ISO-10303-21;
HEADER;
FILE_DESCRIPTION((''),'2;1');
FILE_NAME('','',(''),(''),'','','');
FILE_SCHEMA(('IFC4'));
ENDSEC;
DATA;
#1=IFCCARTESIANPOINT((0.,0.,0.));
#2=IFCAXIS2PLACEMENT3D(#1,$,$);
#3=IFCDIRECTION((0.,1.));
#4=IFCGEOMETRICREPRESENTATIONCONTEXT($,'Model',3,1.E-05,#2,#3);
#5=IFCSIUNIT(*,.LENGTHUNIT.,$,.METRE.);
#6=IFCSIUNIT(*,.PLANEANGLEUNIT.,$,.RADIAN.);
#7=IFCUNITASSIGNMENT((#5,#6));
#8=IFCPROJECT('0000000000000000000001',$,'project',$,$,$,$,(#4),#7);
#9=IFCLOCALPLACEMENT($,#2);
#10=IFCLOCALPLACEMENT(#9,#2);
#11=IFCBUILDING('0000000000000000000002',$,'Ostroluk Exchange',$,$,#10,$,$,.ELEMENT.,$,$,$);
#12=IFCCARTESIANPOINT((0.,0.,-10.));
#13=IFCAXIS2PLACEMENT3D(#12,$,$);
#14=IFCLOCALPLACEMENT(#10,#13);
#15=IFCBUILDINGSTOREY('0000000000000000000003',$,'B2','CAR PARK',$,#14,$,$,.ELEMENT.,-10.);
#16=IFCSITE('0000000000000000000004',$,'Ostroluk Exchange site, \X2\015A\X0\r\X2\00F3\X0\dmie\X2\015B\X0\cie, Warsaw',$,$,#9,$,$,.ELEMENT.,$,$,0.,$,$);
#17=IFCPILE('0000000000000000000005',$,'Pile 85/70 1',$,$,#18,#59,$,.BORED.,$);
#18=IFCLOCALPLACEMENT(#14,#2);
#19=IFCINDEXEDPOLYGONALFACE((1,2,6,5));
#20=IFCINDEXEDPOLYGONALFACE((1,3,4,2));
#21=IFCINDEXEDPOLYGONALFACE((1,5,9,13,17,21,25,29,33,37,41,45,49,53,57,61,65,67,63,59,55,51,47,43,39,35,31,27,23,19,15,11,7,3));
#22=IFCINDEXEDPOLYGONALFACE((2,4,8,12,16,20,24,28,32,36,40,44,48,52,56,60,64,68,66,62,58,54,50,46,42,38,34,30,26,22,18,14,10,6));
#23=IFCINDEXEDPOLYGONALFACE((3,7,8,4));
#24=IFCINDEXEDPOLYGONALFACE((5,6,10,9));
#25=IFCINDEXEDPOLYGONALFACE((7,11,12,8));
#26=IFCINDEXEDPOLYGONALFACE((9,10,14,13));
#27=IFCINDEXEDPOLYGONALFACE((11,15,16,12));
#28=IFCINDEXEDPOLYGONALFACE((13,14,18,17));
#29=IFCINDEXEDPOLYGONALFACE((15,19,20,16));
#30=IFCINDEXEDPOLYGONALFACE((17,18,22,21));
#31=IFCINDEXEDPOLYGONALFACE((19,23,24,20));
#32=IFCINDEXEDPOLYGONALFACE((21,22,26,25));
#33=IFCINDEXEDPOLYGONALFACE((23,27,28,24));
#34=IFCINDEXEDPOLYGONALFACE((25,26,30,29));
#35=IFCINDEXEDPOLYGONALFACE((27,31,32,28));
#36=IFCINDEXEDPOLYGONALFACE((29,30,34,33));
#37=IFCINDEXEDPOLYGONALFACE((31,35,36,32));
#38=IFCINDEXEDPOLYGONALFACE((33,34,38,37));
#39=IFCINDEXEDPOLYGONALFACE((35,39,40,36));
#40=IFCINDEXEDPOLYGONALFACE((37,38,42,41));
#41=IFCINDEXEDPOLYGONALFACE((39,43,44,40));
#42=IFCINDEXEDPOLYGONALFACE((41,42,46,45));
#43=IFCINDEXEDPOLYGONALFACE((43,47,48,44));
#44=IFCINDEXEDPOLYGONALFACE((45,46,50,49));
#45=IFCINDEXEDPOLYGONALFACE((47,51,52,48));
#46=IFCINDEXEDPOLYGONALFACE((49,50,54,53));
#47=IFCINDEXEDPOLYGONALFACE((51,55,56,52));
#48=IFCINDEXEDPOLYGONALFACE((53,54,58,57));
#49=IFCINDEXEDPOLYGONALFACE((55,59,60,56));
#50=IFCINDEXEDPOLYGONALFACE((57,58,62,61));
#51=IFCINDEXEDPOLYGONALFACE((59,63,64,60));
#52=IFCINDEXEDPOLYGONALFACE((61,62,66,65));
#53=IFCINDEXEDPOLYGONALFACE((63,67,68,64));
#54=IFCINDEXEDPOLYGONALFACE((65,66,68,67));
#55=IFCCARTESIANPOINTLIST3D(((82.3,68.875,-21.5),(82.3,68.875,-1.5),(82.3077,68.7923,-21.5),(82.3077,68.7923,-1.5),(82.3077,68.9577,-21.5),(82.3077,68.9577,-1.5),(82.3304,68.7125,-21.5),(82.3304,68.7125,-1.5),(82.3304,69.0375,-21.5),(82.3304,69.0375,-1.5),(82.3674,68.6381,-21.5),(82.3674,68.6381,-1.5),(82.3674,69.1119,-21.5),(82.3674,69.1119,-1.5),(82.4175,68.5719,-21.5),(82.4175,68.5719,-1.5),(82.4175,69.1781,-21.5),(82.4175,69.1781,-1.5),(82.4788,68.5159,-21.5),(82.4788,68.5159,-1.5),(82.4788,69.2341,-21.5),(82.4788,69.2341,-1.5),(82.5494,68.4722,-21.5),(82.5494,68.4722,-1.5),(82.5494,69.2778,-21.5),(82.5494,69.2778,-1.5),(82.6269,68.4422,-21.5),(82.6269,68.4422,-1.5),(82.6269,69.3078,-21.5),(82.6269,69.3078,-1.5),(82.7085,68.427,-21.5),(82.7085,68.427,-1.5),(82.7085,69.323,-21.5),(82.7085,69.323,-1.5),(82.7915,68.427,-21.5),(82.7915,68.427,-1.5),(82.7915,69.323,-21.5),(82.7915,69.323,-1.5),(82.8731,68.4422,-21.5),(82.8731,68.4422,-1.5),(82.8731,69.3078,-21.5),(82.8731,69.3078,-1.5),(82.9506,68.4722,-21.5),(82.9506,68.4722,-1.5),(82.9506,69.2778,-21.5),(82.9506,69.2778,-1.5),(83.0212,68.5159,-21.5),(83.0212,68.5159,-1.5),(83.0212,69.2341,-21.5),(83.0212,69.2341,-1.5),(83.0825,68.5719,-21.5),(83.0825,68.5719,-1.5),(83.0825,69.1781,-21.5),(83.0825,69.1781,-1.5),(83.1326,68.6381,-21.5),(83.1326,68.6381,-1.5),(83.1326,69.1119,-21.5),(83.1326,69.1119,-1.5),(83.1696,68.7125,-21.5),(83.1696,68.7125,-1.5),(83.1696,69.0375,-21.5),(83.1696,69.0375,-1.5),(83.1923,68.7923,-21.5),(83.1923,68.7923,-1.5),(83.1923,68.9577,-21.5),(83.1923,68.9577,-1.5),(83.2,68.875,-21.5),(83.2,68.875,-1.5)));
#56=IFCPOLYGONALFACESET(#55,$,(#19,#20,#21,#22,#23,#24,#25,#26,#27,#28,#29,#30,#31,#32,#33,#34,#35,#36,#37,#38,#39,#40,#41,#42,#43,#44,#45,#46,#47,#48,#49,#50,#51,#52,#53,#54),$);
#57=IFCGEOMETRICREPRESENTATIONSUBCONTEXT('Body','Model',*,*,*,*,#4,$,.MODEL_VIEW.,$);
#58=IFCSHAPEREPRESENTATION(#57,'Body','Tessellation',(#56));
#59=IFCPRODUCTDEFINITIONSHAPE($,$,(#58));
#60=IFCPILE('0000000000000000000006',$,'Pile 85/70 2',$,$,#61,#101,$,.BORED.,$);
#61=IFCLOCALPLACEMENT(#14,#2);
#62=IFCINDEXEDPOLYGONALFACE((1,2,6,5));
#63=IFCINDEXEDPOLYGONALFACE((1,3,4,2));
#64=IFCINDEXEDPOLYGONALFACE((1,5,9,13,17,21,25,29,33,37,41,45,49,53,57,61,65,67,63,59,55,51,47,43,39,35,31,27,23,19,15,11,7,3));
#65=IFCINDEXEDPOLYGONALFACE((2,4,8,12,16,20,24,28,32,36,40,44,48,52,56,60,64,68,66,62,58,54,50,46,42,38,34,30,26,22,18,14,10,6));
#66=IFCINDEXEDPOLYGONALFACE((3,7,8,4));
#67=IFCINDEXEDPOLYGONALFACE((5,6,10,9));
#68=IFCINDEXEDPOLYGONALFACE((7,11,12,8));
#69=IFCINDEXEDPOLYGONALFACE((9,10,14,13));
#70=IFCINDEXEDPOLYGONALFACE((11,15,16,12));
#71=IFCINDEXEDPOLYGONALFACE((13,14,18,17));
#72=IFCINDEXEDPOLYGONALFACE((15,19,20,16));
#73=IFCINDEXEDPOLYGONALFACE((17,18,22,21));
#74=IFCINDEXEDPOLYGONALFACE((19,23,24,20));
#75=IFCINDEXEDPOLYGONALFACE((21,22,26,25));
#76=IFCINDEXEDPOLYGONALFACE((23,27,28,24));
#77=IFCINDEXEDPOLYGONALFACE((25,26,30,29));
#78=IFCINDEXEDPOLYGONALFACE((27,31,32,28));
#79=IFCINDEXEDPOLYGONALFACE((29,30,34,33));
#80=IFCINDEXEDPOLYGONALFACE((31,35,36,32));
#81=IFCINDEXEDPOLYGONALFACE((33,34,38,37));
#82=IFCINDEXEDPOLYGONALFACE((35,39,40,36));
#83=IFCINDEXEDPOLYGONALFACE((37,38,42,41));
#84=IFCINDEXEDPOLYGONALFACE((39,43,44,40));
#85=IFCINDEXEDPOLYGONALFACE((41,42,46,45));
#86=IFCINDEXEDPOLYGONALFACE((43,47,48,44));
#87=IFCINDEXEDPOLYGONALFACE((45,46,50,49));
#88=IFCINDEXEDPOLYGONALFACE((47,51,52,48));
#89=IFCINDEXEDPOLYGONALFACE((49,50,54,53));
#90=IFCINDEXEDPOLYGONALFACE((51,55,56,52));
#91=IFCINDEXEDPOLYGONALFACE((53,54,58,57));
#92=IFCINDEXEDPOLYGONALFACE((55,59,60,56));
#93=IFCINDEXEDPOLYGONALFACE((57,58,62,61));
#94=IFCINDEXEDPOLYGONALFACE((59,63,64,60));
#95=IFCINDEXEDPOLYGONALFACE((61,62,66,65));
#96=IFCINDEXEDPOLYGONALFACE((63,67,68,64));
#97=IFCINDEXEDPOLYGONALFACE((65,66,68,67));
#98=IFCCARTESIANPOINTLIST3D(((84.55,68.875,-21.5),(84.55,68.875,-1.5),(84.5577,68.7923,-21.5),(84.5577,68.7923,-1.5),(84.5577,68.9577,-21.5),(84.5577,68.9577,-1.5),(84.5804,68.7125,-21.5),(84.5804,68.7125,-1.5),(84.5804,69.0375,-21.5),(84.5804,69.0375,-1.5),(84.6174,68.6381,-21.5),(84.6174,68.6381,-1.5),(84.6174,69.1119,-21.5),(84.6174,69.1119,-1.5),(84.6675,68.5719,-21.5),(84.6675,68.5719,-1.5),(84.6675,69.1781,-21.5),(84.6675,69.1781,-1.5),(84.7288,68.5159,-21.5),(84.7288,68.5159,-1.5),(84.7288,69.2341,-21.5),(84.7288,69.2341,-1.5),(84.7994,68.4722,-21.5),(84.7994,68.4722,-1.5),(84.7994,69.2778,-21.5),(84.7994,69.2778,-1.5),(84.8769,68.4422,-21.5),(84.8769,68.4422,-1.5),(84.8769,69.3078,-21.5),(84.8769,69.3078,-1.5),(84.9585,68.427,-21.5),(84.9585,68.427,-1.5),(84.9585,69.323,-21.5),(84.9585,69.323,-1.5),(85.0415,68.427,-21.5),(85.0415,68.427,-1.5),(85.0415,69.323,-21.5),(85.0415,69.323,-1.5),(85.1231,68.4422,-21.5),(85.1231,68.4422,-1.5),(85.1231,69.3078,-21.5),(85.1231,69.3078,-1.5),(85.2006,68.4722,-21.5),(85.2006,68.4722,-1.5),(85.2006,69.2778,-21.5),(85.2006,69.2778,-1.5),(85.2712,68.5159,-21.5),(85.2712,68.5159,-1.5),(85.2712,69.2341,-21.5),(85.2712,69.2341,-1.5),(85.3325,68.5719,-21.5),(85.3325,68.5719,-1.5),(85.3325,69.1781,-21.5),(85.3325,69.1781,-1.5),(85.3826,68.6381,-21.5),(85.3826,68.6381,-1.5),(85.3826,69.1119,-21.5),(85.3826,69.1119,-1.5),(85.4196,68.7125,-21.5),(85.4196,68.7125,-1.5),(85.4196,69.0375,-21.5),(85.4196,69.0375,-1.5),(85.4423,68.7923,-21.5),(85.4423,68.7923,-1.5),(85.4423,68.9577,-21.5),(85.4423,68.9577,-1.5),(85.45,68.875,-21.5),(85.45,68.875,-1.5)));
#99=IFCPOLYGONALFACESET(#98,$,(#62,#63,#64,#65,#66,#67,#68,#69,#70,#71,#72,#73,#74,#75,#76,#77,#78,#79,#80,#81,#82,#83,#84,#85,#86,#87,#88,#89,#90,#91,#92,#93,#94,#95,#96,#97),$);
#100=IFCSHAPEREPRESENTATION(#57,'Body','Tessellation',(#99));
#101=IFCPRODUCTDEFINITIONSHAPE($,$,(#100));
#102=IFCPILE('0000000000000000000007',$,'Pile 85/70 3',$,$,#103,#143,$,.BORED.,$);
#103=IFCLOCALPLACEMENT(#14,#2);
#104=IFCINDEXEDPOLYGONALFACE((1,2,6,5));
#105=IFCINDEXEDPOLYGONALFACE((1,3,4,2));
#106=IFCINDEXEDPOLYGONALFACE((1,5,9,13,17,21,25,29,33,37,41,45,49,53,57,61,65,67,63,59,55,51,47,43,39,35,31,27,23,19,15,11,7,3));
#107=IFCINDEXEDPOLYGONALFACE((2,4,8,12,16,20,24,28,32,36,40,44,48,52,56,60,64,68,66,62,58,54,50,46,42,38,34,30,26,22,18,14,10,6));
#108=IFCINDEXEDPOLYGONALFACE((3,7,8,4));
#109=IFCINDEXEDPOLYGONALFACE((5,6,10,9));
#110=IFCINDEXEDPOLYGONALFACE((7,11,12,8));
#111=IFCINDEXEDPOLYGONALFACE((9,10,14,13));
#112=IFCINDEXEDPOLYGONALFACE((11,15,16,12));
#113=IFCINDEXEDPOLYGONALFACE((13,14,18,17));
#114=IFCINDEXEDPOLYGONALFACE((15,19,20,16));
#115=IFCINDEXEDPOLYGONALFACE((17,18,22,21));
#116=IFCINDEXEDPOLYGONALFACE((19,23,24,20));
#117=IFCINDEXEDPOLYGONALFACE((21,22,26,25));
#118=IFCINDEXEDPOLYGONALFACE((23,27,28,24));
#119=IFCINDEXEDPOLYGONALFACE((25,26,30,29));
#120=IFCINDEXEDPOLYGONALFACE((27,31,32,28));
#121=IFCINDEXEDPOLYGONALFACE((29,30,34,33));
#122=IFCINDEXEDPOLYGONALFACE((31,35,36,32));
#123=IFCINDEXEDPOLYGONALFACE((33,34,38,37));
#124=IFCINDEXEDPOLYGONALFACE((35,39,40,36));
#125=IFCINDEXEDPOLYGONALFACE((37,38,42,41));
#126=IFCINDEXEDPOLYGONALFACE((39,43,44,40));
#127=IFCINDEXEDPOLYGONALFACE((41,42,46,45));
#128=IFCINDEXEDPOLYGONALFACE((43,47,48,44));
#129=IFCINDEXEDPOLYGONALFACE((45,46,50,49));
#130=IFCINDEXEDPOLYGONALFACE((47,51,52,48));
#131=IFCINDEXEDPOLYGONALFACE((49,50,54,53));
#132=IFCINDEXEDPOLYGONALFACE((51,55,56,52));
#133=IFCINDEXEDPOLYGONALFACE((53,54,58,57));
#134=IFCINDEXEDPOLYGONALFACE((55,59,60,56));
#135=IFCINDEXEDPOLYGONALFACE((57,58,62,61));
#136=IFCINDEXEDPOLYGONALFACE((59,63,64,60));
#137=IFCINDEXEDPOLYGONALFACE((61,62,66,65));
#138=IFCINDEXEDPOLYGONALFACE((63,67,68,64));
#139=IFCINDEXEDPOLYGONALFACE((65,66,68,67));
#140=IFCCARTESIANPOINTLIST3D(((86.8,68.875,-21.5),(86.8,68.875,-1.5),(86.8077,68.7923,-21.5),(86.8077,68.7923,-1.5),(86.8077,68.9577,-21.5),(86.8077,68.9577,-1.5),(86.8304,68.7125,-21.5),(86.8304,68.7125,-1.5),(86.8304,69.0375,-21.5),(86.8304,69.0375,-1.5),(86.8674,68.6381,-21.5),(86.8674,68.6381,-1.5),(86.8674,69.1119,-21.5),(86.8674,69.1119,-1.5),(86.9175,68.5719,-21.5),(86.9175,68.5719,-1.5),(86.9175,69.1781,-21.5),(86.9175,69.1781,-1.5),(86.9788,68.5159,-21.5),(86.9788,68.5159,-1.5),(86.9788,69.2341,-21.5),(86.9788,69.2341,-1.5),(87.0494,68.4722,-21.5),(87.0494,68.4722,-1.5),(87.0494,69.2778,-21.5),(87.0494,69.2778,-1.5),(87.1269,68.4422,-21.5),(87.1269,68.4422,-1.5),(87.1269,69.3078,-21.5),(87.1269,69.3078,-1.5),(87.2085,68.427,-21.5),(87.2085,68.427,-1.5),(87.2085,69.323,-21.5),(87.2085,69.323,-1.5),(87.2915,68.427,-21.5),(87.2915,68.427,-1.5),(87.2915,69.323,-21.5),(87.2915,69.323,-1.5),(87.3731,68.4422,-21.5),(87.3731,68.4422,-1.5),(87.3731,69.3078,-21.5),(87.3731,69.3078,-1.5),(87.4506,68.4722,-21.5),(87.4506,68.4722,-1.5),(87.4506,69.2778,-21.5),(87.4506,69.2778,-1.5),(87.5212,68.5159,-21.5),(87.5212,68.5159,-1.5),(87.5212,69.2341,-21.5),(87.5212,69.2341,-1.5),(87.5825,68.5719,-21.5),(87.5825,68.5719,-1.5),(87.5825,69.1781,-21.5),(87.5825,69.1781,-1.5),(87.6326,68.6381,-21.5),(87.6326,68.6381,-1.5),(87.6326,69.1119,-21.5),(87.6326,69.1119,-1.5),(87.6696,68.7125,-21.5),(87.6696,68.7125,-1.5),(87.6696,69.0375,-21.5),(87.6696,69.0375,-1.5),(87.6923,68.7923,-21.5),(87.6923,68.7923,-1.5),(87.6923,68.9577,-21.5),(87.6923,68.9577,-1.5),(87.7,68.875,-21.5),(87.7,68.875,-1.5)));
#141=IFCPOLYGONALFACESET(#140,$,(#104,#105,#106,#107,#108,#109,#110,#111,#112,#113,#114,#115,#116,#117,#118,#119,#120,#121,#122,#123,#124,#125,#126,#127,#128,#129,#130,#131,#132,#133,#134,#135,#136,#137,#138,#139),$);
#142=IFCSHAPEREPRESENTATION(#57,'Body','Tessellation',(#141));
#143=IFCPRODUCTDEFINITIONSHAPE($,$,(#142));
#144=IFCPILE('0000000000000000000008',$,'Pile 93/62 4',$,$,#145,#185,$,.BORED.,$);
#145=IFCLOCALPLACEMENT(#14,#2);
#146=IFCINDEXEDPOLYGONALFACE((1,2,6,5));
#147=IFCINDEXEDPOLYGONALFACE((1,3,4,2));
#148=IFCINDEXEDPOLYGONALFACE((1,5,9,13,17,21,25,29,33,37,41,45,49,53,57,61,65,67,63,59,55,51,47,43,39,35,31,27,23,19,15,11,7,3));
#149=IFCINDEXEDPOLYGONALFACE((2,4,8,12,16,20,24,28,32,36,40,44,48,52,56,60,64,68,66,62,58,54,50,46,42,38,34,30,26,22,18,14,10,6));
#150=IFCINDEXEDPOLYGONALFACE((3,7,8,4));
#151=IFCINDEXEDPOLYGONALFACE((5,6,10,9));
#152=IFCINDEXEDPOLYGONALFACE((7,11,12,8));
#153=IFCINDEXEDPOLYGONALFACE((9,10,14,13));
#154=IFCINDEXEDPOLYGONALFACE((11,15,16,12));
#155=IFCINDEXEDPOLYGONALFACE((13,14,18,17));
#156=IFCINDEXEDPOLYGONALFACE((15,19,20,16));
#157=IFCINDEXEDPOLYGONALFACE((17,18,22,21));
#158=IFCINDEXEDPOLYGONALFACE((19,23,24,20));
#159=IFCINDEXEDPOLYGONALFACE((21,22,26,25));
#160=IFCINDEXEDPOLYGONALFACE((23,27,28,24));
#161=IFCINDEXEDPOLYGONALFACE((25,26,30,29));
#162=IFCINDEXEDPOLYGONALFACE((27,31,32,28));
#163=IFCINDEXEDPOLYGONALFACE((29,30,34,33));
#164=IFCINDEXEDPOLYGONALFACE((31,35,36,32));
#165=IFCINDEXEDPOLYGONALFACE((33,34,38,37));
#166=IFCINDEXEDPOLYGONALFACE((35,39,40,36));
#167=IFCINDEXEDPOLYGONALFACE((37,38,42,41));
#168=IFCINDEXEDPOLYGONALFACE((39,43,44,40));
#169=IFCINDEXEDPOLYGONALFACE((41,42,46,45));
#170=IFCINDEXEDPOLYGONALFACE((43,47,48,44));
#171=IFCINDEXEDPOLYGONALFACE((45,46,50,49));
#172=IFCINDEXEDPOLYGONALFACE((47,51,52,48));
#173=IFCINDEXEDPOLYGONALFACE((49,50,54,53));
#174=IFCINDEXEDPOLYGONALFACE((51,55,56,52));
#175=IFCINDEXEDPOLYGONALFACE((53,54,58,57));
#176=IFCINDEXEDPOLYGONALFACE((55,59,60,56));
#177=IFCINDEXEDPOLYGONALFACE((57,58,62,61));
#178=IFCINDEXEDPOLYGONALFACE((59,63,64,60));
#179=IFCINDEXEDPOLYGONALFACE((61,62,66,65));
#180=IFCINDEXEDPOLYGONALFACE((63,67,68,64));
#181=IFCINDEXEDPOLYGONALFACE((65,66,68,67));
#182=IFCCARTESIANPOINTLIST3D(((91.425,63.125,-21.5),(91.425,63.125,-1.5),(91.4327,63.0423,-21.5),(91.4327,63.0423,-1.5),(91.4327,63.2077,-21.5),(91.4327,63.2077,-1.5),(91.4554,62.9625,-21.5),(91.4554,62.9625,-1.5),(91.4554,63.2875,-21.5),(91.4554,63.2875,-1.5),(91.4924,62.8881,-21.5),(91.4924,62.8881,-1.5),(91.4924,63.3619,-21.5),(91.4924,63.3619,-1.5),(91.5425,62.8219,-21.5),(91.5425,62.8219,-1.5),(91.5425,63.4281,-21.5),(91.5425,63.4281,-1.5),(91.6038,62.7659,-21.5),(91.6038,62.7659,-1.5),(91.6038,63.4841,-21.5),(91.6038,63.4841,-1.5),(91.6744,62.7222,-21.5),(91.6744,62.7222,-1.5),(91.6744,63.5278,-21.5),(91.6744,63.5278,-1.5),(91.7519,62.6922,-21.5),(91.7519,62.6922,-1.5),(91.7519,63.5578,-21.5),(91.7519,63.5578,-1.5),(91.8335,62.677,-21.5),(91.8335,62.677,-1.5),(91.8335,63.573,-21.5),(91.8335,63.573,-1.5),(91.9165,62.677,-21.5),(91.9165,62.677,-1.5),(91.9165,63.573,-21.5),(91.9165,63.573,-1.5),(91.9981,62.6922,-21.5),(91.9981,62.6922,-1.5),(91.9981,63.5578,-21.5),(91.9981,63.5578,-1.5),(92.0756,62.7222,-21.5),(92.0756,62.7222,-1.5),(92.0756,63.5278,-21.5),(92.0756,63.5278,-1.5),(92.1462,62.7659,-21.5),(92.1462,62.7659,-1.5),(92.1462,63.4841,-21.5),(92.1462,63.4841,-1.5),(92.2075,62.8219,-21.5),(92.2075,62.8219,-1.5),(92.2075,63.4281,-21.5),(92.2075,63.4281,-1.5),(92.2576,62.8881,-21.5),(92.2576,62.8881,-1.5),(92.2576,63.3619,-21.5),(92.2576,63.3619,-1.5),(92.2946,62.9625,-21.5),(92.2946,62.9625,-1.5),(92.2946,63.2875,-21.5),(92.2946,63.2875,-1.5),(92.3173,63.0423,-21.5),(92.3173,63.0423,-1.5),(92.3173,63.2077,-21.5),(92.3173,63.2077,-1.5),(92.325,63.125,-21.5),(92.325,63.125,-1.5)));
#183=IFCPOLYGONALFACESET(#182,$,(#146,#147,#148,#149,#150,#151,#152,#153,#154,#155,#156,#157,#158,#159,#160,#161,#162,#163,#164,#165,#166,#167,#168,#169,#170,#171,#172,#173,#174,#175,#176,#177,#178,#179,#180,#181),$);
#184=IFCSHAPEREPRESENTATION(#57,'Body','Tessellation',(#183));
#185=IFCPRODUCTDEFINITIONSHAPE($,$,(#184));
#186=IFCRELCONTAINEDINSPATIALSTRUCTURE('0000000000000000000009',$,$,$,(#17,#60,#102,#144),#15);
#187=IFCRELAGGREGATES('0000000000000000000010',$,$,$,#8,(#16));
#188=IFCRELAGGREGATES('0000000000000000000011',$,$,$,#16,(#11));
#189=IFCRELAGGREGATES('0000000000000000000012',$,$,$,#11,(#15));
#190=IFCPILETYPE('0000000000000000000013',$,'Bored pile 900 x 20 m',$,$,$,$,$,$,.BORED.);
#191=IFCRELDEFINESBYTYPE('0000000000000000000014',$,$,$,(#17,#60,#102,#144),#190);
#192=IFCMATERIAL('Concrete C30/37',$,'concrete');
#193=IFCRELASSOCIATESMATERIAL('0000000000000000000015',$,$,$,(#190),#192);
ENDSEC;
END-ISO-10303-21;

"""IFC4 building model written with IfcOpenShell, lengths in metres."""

from ifc_helpers import new_model, si_unit, direction, frame, origin, origin_2d, place, context, subcontext, project, spatial, circle, extrude, material, type_object, element, save


model = new_model("IFC4")

# Units and contexts
model_context = context("Model", 3, precision=1e-05, world=origin(), true_north=direction((0.0, 1.0)))
body_context = subcontext(model_context, "Body", "Model", "MODEL_VIEW")
ifc_project = project(units=[si_unit("LENGTHUNIT", "METRE"), si_unit("PLANEANGLEUNIT", "RADIAN")], contexts=[model_context])

# Site, building, storey
site_placement = place(None, origin())
site = spatial("IfcSite", under=ifc_project, at=site_placement, Name="Ostroluk Exchange site, Śródmieście, Warsaw", CompositionType="ELEMENT", RefElevation=0.0)
building_placement = place(site_placement, origin())
building = spatial("IfcBuilding", under=site, at=building_placement, Name="Ostroluk Exchange", CompositionType="ELEMENT")
storey_placement = place(building_placement, frame((0.0, 0.0, -10.0)))
storey = spatial("IfcBuildingStorey", under=building, at=storey_placement, Name="B2", Description="CAR PARK", CompositionType="ELEMENT", Elevation=-10.0)

# Piles
ifc_material_1 = material(Name="Concrete C30/37", Category="concrete")
pile_type = type_object("IfcPileType", Name="Bored pile 900 x 20 m", PredefinedType="BORED", material=ifc_material_1)
for number, where, z_axis, x_axis, name in (
    (1, (82.75, 68.875, -1.5), (0.0, 0.0, -1.0), (1.0, 0.0, 0.0), "Pile 85/70 1"),
    (2, (85.0, 68.875, -1.5), (0.0, 0.0, -1.0), (1.0, 0.0, 0.0), "Pile 85/70 2"),
    (3, (87.25, 68.875, -1.5), (0.0, 0.0, -1.0), (1.0, 0.0, 0.0), "Pile 85/70 3"),
    (4, (91.875, 63.125, -1.5), (0.0, 0.0, -1.0), (1.0, 0.0, 0.0), "Pile 93/62 4"),
):
    element("IfcPile", number, at=place(storey_placement, frame(where, z_axis=z_axis, x_axis=x_axis)), inside=storey, type_object=pile_type, Name=name, PredefinedType="BORED", context=body_context, shape_type="SweptSolid", body=[
        extrude(circle(Radius=0.45, at=origin_2d()), origin(), (0.0, 0.0, 1.0), 20.0),
    ])

save(model, "model.ifc")
